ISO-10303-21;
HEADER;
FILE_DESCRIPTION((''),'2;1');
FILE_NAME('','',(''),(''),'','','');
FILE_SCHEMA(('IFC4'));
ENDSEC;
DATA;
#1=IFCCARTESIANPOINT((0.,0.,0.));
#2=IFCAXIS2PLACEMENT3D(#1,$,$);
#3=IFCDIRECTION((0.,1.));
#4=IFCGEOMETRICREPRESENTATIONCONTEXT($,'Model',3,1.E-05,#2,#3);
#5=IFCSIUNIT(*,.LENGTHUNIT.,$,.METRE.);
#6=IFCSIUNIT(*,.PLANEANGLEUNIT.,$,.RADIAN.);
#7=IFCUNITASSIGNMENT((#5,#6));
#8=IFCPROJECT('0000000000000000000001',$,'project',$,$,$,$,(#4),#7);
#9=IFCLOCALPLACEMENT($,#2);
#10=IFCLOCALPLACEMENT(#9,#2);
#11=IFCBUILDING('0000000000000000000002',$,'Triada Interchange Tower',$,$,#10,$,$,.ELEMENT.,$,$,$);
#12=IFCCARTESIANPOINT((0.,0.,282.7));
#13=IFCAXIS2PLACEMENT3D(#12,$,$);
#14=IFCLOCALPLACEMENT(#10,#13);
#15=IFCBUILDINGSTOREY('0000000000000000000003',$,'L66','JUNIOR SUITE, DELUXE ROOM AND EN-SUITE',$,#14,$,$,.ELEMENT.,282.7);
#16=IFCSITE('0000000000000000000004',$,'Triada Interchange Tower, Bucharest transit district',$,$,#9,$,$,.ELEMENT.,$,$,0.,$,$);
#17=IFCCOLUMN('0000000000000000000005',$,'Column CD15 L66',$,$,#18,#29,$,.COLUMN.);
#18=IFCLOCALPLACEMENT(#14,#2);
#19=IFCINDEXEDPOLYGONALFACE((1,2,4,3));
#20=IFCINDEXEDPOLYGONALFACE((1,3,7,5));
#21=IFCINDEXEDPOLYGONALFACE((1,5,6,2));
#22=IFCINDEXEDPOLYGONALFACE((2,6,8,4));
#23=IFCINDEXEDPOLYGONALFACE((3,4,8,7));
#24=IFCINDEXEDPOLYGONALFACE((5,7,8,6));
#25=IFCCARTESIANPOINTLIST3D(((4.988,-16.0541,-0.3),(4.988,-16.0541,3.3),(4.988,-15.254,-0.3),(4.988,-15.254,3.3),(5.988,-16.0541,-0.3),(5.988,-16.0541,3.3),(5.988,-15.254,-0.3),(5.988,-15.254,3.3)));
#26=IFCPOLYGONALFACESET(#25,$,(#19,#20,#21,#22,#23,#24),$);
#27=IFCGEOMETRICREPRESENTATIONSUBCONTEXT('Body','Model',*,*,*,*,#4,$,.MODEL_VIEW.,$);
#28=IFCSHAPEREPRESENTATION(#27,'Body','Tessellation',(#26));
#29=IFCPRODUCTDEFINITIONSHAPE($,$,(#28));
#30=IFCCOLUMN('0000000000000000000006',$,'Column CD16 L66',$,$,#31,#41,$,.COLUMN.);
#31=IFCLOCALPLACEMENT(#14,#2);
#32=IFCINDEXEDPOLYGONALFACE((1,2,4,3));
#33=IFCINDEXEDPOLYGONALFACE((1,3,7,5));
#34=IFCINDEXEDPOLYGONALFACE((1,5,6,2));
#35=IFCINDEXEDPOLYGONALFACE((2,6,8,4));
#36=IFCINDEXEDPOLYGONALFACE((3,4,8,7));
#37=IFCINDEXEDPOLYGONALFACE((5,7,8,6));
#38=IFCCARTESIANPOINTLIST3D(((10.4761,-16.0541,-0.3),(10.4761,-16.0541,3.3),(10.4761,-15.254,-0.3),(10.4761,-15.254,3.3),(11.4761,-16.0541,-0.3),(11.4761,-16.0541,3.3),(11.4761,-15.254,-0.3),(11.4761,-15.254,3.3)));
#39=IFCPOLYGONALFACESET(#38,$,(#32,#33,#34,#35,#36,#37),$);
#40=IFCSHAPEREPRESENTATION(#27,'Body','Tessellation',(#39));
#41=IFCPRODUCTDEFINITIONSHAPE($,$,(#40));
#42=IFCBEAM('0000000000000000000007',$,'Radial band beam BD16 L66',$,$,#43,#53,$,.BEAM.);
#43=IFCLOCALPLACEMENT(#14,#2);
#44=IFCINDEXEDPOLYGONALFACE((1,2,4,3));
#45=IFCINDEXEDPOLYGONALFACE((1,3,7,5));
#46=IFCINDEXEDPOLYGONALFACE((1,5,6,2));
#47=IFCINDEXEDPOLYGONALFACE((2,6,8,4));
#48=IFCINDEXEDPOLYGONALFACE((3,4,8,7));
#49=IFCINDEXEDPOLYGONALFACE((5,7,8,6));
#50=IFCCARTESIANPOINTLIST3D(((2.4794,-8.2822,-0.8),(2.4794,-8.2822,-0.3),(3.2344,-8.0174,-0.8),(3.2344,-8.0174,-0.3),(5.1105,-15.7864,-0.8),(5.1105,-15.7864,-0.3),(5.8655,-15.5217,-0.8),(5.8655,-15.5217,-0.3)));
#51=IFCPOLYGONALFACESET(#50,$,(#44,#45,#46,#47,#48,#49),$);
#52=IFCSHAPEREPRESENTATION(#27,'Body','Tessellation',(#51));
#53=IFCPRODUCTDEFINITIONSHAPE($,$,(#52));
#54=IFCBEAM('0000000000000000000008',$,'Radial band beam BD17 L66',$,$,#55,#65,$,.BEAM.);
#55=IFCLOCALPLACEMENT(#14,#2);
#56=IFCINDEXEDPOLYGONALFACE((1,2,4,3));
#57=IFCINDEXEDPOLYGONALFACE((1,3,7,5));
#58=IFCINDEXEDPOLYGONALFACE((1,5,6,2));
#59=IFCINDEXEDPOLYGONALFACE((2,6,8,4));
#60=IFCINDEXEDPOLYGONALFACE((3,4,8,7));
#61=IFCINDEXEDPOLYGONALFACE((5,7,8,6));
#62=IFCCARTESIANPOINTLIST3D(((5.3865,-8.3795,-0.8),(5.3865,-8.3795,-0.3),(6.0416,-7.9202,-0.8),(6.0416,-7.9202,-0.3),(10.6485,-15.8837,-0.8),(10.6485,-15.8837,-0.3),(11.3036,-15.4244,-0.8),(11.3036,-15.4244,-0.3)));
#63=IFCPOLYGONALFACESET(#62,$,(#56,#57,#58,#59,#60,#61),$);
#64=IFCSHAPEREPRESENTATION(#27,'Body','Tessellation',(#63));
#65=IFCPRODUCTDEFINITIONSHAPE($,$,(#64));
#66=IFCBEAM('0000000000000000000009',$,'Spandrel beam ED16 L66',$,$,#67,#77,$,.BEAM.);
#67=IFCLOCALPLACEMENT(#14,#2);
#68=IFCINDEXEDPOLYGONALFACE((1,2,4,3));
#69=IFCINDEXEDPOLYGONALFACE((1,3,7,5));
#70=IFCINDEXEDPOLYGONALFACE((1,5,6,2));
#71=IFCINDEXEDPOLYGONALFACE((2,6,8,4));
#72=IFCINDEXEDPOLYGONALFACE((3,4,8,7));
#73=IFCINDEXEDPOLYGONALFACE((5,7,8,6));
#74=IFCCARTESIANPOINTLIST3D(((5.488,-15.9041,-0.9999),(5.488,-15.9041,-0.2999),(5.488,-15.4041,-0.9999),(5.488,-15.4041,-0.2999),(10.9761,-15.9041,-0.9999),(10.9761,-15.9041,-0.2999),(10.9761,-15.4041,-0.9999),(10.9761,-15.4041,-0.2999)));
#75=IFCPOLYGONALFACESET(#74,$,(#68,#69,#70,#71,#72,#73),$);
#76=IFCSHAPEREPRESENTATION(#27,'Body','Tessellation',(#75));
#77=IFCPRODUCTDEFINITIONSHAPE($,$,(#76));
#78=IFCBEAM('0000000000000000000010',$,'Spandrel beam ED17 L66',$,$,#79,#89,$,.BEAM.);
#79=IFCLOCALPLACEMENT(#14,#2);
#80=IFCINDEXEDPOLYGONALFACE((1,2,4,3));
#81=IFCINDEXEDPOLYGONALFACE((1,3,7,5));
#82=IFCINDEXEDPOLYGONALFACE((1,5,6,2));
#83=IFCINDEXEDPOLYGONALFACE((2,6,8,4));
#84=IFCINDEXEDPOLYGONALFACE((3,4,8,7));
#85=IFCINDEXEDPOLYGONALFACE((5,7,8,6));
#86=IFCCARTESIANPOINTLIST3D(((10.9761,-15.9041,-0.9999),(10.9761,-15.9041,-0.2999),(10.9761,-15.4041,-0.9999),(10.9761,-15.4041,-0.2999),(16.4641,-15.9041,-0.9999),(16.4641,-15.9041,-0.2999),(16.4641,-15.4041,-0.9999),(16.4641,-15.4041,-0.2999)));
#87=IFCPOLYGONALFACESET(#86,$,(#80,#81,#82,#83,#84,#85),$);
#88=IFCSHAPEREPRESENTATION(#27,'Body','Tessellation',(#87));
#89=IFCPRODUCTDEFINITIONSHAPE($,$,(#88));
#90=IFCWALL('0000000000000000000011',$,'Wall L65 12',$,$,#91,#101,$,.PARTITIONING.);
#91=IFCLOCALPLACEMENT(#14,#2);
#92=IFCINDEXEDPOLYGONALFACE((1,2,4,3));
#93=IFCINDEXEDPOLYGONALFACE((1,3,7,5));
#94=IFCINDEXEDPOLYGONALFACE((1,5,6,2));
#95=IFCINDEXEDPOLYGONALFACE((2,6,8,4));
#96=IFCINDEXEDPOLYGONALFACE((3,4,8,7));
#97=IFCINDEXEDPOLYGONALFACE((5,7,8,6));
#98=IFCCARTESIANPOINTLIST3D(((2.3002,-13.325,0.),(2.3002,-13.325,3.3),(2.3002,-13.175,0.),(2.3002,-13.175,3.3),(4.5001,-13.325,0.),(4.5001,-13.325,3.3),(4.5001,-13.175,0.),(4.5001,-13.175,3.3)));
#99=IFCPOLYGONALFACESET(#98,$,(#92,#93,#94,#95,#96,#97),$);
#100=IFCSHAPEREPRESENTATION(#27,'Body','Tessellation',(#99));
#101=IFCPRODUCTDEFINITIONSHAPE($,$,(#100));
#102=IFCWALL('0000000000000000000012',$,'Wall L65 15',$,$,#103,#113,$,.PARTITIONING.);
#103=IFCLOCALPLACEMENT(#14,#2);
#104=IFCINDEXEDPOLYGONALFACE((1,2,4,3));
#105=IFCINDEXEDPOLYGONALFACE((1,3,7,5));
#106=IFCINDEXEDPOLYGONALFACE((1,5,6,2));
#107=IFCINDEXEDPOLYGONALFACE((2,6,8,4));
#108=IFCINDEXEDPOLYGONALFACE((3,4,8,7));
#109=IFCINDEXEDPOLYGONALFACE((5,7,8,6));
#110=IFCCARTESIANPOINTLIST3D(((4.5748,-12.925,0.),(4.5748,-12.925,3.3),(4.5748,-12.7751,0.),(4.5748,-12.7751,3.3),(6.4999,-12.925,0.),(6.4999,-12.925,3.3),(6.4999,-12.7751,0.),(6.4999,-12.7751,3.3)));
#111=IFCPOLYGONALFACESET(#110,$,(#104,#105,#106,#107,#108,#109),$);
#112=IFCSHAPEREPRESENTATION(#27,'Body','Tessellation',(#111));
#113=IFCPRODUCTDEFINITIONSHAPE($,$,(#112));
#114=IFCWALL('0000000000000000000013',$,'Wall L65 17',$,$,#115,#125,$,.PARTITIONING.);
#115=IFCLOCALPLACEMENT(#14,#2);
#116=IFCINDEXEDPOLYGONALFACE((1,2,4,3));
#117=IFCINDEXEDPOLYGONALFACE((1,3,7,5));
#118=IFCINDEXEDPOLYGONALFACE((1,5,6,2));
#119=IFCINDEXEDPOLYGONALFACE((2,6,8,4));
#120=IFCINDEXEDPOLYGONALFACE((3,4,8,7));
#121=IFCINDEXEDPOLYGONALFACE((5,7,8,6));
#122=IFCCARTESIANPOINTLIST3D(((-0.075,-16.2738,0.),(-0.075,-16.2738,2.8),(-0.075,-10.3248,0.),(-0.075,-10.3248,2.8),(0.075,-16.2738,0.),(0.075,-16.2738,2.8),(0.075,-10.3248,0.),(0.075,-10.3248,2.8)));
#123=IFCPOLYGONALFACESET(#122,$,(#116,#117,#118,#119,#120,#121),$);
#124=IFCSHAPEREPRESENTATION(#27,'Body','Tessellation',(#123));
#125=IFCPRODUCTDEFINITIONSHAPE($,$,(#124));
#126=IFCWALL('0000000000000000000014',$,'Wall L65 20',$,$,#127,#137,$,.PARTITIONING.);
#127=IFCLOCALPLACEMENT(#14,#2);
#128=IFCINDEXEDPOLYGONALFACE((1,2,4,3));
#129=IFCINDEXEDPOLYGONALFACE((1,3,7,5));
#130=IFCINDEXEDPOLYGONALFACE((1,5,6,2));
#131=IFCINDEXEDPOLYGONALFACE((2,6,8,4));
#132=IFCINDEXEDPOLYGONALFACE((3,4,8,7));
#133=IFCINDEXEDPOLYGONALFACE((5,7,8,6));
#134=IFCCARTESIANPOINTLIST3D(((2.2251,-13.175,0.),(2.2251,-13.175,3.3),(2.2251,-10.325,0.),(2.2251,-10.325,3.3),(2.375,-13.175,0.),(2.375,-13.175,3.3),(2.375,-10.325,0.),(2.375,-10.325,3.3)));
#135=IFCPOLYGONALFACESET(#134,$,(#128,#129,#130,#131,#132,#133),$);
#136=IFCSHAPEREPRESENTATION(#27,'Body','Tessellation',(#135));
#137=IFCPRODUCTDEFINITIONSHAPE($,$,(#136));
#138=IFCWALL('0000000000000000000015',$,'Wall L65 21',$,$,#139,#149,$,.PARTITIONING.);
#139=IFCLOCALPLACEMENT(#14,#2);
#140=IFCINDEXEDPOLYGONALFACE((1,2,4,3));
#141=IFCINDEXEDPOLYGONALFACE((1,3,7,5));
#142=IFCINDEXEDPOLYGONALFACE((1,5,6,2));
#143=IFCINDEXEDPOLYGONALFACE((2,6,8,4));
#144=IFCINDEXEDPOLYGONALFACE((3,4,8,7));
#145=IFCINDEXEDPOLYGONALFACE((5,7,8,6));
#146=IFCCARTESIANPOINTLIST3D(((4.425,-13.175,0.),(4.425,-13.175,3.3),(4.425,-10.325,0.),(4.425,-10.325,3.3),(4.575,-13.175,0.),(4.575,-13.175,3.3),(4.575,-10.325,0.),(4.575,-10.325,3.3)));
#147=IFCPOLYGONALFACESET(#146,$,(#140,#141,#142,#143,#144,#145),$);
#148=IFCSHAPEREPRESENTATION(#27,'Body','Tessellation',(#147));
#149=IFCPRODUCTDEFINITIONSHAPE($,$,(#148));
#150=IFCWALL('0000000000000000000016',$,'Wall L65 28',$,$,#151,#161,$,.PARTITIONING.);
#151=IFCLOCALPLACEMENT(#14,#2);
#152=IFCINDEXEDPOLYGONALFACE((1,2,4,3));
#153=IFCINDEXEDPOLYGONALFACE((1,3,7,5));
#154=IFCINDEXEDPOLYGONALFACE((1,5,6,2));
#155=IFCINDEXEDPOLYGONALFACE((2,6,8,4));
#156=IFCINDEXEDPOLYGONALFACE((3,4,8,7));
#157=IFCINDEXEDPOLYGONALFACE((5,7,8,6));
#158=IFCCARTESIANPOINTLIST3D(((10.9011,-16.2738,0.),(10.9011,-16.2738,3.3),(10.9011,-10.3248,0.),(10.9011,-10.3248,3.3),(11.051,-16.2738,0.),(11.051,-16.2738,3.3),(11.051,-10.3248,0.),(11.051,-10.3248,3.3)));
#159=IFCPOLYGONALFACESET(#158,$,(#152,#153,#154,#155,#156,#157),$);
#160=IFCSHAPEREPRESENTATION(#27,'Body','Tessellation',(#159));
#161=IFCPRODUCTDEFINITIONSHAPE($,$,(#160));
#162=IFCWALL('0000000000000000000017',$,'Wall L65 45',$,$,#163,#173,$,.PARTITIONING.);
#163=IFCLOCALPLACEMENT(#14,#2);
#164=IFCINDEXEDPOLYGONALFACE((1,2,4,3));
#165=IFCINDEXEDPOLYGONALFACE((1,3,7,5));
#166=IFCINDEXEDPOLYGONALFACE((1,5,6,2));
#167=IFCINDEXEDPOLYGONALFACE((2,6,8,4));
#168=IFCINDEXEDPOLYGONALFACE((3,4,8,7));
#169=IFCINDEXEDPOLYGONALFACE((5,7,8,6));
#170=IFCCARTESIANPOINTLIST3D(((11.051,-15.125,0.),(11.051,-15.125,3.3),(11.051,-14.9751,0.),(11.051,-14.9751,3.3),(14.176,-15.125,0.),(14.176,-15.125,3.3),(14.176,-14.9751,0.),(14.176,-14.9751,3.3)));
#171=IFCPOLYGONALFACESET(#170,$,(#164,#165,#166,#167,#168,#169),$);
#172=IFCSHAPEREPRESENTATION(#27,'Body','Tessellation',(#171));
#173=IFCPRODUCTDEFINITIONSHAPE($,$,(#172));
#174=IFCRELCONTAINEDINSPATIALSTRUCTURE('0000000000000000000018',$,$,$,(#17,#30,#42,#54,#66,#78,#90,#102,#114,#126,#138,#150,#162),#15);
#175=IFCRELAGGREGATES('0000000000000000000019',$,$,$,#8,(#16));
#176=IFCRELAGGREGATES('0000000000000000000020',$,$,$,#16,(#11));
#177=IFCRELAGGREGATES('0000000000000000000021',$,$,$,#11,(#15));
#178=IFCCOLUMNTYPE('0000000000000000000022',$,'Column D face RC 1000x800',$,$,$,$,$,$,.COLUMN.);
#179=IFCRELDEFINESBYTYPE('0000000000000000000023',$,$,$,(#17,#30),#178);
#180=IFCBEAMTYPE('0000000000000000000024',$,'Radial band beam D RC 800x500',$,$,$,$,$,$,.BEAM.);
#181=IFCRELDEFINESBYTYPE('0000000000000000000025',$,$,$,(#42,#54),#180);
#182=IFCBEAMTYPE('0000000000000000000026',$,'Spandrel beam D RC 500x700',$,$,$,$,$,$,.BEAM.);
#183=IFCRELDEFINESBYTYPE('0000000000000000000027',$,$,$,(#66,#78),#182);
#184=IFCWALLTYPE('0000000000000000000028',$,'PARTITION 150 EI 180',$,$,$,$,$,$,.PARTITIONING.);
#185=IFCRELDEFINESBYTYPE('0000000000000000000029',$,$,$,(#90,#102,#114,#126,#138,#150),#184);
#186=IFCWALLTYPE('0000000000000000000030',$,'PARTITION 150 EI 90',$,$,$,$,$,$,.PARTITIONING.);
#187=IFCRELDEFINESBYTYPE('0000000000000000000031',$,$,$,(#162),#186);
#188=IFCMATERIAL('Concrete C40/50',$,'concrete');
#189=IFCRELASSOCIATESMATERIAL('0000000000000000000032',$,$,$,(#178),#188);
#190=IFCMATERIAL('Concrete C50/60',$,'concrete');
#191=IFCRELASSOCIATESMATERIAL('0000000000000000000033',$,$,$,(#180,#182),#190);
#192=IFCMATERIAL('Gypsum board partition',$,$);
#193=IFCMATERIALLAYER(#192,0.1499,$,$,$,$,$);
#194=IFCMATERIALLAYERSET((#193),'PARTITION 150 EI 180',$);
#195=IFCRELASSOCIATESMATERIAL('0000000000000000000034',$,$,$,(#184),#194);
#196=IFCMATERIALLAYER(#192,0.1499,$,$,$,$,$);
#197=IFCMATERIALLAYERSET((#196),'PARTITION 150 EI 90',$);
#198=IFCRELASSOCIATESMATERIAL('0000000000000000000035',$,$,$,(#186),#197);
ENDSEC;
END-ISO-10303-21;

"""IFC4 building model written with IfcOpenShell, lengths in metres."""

from ifc_helpers import new_model, si_unit, direction, frame, frame_2d, origin, origin_2d, place, context, subcontext, project, spatial, rectangle, extrude, material, layer, layer_set, material_profile, profile_set, type_object, element, save


model = new_model("IFC4")

# Units and contexts
model_context = context("Model", 3, precision=1e-05, world=origin(), true_north=direction((0.0, 1.0)))
body_context = subcontext(model_context, "Body", "Model", "MODEL_VIEW")
ifc_project = project(units=[si_unit("LENGTHUNIT", "METRE"), si_unit("PLANEANGLEUNIT", "RADIAN")], contexts=[model_context])

# Site, building, storey
site_placement = place(None, origin())
site = spatial("IfcSite", under=ifc_project, at=site_placement, Name="Triada Interchange Tower, Bucharest transit district", CompositionType="ELEMENT", RefElevation=0.0)
building_placement = place(site_placement, origin())
building = spatial("IfcBuilding", under=site, at=building_placement, Name="Triada Interchange Tower", CompositionType="ELEMENT")
storey_placement = place(building_placement, frame((0.0, 0.0, 282.7)))
storey = spatial("IfcBuildingStorey", under=building, at=storey_placement, Name="L66", Description="JUNIOR SUITE, DELUXE ROOM AND EN-SUITE", CompositionType="ELEMENT", Elevation=282.7)

# Columns
ifc_material_1 = material(Name="Concrete C40/50", Category="concrete")
ifc_material_profile_1 = material_profile(ifc_material_1, rectangle(XDim=1.0, YDim=0.8, at=origin_2d()), Name="RC 1000x800")
ifc_profile_set_1 = profile_set([ifc_material_profile_1], Name="Concrete C40/50")
column_type = type_object("IfcColumnType", Name="Column D face RC 1000x800", PredefinedType="COLUMN", material=ifc_profile_set_1)
for number, where, z_axis, x_axis, name in (
    (1, (5.488, -15.6541, -0.3), (0.0, 0.0, 1.0), (1.0, 0.0, 0.0), "Column CD15 L66"),
    (2, (10.9761, -15.6541, -0.3), (0.0, 0.0, 1.0), (1.0, 0.0, 0.0), "Column CD16 L66"),
):
    element("IfcColumn", number, at=place(storey_placement, frame(where, z_axis=z_axis, x_axis=x_axis)), inside=storey, type_object=column_type, Name=name, PredefinedType="COLUMN", context=body_context, shape_type="SweptSolid", body=[
        extrude(rectangle(XDim=1.0, YDim=0.8, at=origin_2d()), origin(), (0.0, 0.0, 1.0), 3.6001),
    ])

# Beams
ifc_material_2 = material(Name="Concrete C50/60", Category="concrete")
ifc_material_profile_2 = material_profile(ifc_material_2, rectangle(XDim=0.8, YDim=0.5, at=origin_2d()), Name="RC 800x500")
ifc_profile_set_2 = profile_set([ifc_material_profile_2], Name="Concrete C50/60")
beam_type_1 = type_object("IfcBeamType", Name="Radial band beam D RC 800x500", PredefinedType="BEAM", material=ifc_profile_set_2)
beam_1_placement = place(storey_placement, frame((5.488, -15.6541, -0.55), z_axis=(-0.330871, 0.943676, 0.0), x_axis=(-0.943676, -0.330871, 0.0)))
element("IfcBeam", 3, at=beam_1_placement, inside=storey, type_object=beam_type_1, Name="Radial band beam BD16 L66", PredefinedType="BEAM", context=body_context, shape_type="SweptSolid", body=[
    extrude(rectangle(XDim=0.8, YDim=0.5, at=origin_2d()), origin(), (0.0, 0.0, 1.0), 7.9521),
])
beam_2_placement = place(storey_placement, frame((10.9761, -15.6541, -0.55), z_axis=(-0.574125, 0.818767, 0.0), x_axis=(-0.818767, -0.574125, 0.0)))
element("IfcBeam", 4, at=beam_2_placement, inside=storey, type_object=beam_type_1, Name="Radial band beam BD17 L66", PredefinedType="BEAM", context=body_context, shape_type="SweptSolid", body=[
    extrude(rectangle(XDim=0.8, YDim=0.5, at=origin_2d()), origin(), (0.0, 0.0, 1.0), 9.1653),
])
ifc_material_profile_3 = material_profile(ifc_material_2, rectangle(XDim=0.5, YDim=0.7, at=origin_2d()), Name="RC 500x700")
ifc_profile_set_3 = profile_set([ifc_material_profile_3], Name="Concrete C50/60")
beam_type_2 = type_object("IfcBeamType", Name="Spandrel beam D RC 500x700", PredefinedType="BEAM", material=ifc_profile_set_3)
for number, where, z_axis, x_axis, name in (
    (5, (5.488, -15.6541, -0.6499), (1.0, 0.0, 0.0), (0.0, 1.0, 0.0), "Spandrel beam ED16 L66"),
    (6, (10.9761, -15.6541, -0.6499), (1.0, 0.0, 0.0), (0.0, 1.0, 0.0), "Spandrel beam ED17 L66"),
):
    element("IfcBeam", number, at=place(storey_placement, frame(where, z_axis=z_axis, x_axis=x_axis)), inside=storey, type_object=beam_type_2, Name=name, PredefinedType="BEAM", context=body_context, shape_type="SweptSolid", body=[
        extrude(rectangle(XDim=0.5, YDim=0.7, at=origin_2d()), origin(), (0.0, 0.0, 1.0), 5.488),
    ])

# Walls
ifc_material_3 = material(Name="Gypsum board partition")
ifc_layer_1 = layer(ifc_material_3, 0.1499)
ifc_layer_set_1 = layer_set([ifc_layer_1], Name="PARTITION 150 EI 180")
wall_type_1 = type_object("IfcWallType", Name="PARTITION 150 EI 180", PredefinedType="PARTITIONING", material=ifc_layer_set_1)
wall_1_placement = place(storey_placement, frame((2.3, -13.25, 0.0), z_axis=(0.0, 0.0, 1.0), x_axis=(1.0, 0.0, 0.0)))
element("IfcWall", 7, at=wall_1_placement, inside=storey, type_object=wall_type_1, Name="Wall L65 12", PredefinedType="PARTITIONING", context=body_context, shape_type="SweptSolid", body=[
    extrude(rectangle(XDim=2.2, YDim=0.1499, at=frame_2d((1.1001, 0.0))), origin(), (0.0, 0.0, 1.0), 3.3),
])
wall_2_placement = place(storey_placement, frame((4.575, -12.8501, 0.0), z_axis=(0.0, 0.0, 1.0), x_axis=(1.0, 0.0, 0.0)))
element("IfcWall", 8, at=wall_2_placement, inside=storey, type_object=wall_type_1, Name="Wall L65 15", PredefinedType="PARTITIONING", context=body_context, shape_type="SweptSolid", body=[
    extrude(rectangle(XDim=1.925, YDim=0.1499, at=frame_2d((0.9624, 0.0))), origin(), (0.0, 0.0, 1.0), 3.3),
])
wall_3_placement = place(storey_placement, frame((0.0, -16.2739, 0.0), z_axis=(0.0, 0.0, 1.0), x_axis=(0.0, 1.0, 0.0)))
element("IfcWall", 9, at=wall_3_placement, inside=storey, type_object=wall_type_1, Name="Wall L65 17", PredefinedType="PARTITIONING", context=body_context, shape_type="SweptSolid", body=[
    extrude(rectangle(XDim=5.949, YDim=0.1499, at=frame_2d((2.9746, 0.0))), origin(), (0.0, 0.0, 1.0), 2.8),
])
for number, where, z_axis, x_axis, name in (
    (10, (2.3, -13.175, 0.0), (0.0, 0.0, 1.0), (0.0, 1.0, 0.0), "Wall L65 20"),
    (11, (4.5, -13.175, 0.0), (0.0, 0.0, 1.0), (0.0, 1.0, 0.0), "Wall L65 21"),
):
    element("IfcWall", number, at=place(storey_placement, frame(where, z_axis=z_axis, x_axis=x_axis)), inside=storey, type_object=wall_type_1, Name=name, PredefinedType="PARTITIONING", context=body_context, shape_type="SweptSolid", body=[
        extrude(rectangle(XDim=2.8501, YDim=0.1499, at=frame_2d((1.425, 0.0))), origin(), (0.0, 0.0, 1.0), 3.3),
    ])
wall_4_placement = place(storey_placement, frame((10.9761, -16.2739, 0.0), z_axis=(0.0, 0.0, 1.0), x_axis=(0.0, 1.0, 0.0)))
element("IfcWall", 12, at=wall_4_placement, inside=storey, type_object=wall_type_1, Name="Wall L65 28", PredefinedType="PARTITIONING", context=body_context, shape_type="SweptSolid", body=[
    extrude(rectangle(XDim=5.949, YDim=0.1499, at=frame_2d((2.9746, 0.0))), origin(), (0.0, 0.0, 1.0), 3.3),
])
ifc_layer_2 = layer(ifc_material_3, 0.1499)
ifc_layer_set_2 = layer_set([ifc_layer_2], Name="PARTITION 150 EI 90")
wall_type_2 = type_object("IfcWallType", Name="PARTITION 150 EI 90", PredefinedType="PARTITIONING", material=ifc_layer_set_2)
wall_5_placement = place(storey_placement, frame((11.051, -15.05, 0.0), z_axis=(0.0, 0.0, 1.0), x_axis=(1.0, 0.0, 0.0)))
element("IfcWall", 13, at=wall_5_placement, inside=storey, type_object=wall_type_2, Name="Wall L65 45", PredefinedType="PARTITIONING", context=body_context, shape_type="SweptSolid", body=[
    extrude(rectangle(XDim=3.125, YDim=0.1499, at=frame_2d((1.5625, 0.0))), origin(), (0.0, 0.0, 1.0), 3.3),
])

save(model, "model.ifc")
